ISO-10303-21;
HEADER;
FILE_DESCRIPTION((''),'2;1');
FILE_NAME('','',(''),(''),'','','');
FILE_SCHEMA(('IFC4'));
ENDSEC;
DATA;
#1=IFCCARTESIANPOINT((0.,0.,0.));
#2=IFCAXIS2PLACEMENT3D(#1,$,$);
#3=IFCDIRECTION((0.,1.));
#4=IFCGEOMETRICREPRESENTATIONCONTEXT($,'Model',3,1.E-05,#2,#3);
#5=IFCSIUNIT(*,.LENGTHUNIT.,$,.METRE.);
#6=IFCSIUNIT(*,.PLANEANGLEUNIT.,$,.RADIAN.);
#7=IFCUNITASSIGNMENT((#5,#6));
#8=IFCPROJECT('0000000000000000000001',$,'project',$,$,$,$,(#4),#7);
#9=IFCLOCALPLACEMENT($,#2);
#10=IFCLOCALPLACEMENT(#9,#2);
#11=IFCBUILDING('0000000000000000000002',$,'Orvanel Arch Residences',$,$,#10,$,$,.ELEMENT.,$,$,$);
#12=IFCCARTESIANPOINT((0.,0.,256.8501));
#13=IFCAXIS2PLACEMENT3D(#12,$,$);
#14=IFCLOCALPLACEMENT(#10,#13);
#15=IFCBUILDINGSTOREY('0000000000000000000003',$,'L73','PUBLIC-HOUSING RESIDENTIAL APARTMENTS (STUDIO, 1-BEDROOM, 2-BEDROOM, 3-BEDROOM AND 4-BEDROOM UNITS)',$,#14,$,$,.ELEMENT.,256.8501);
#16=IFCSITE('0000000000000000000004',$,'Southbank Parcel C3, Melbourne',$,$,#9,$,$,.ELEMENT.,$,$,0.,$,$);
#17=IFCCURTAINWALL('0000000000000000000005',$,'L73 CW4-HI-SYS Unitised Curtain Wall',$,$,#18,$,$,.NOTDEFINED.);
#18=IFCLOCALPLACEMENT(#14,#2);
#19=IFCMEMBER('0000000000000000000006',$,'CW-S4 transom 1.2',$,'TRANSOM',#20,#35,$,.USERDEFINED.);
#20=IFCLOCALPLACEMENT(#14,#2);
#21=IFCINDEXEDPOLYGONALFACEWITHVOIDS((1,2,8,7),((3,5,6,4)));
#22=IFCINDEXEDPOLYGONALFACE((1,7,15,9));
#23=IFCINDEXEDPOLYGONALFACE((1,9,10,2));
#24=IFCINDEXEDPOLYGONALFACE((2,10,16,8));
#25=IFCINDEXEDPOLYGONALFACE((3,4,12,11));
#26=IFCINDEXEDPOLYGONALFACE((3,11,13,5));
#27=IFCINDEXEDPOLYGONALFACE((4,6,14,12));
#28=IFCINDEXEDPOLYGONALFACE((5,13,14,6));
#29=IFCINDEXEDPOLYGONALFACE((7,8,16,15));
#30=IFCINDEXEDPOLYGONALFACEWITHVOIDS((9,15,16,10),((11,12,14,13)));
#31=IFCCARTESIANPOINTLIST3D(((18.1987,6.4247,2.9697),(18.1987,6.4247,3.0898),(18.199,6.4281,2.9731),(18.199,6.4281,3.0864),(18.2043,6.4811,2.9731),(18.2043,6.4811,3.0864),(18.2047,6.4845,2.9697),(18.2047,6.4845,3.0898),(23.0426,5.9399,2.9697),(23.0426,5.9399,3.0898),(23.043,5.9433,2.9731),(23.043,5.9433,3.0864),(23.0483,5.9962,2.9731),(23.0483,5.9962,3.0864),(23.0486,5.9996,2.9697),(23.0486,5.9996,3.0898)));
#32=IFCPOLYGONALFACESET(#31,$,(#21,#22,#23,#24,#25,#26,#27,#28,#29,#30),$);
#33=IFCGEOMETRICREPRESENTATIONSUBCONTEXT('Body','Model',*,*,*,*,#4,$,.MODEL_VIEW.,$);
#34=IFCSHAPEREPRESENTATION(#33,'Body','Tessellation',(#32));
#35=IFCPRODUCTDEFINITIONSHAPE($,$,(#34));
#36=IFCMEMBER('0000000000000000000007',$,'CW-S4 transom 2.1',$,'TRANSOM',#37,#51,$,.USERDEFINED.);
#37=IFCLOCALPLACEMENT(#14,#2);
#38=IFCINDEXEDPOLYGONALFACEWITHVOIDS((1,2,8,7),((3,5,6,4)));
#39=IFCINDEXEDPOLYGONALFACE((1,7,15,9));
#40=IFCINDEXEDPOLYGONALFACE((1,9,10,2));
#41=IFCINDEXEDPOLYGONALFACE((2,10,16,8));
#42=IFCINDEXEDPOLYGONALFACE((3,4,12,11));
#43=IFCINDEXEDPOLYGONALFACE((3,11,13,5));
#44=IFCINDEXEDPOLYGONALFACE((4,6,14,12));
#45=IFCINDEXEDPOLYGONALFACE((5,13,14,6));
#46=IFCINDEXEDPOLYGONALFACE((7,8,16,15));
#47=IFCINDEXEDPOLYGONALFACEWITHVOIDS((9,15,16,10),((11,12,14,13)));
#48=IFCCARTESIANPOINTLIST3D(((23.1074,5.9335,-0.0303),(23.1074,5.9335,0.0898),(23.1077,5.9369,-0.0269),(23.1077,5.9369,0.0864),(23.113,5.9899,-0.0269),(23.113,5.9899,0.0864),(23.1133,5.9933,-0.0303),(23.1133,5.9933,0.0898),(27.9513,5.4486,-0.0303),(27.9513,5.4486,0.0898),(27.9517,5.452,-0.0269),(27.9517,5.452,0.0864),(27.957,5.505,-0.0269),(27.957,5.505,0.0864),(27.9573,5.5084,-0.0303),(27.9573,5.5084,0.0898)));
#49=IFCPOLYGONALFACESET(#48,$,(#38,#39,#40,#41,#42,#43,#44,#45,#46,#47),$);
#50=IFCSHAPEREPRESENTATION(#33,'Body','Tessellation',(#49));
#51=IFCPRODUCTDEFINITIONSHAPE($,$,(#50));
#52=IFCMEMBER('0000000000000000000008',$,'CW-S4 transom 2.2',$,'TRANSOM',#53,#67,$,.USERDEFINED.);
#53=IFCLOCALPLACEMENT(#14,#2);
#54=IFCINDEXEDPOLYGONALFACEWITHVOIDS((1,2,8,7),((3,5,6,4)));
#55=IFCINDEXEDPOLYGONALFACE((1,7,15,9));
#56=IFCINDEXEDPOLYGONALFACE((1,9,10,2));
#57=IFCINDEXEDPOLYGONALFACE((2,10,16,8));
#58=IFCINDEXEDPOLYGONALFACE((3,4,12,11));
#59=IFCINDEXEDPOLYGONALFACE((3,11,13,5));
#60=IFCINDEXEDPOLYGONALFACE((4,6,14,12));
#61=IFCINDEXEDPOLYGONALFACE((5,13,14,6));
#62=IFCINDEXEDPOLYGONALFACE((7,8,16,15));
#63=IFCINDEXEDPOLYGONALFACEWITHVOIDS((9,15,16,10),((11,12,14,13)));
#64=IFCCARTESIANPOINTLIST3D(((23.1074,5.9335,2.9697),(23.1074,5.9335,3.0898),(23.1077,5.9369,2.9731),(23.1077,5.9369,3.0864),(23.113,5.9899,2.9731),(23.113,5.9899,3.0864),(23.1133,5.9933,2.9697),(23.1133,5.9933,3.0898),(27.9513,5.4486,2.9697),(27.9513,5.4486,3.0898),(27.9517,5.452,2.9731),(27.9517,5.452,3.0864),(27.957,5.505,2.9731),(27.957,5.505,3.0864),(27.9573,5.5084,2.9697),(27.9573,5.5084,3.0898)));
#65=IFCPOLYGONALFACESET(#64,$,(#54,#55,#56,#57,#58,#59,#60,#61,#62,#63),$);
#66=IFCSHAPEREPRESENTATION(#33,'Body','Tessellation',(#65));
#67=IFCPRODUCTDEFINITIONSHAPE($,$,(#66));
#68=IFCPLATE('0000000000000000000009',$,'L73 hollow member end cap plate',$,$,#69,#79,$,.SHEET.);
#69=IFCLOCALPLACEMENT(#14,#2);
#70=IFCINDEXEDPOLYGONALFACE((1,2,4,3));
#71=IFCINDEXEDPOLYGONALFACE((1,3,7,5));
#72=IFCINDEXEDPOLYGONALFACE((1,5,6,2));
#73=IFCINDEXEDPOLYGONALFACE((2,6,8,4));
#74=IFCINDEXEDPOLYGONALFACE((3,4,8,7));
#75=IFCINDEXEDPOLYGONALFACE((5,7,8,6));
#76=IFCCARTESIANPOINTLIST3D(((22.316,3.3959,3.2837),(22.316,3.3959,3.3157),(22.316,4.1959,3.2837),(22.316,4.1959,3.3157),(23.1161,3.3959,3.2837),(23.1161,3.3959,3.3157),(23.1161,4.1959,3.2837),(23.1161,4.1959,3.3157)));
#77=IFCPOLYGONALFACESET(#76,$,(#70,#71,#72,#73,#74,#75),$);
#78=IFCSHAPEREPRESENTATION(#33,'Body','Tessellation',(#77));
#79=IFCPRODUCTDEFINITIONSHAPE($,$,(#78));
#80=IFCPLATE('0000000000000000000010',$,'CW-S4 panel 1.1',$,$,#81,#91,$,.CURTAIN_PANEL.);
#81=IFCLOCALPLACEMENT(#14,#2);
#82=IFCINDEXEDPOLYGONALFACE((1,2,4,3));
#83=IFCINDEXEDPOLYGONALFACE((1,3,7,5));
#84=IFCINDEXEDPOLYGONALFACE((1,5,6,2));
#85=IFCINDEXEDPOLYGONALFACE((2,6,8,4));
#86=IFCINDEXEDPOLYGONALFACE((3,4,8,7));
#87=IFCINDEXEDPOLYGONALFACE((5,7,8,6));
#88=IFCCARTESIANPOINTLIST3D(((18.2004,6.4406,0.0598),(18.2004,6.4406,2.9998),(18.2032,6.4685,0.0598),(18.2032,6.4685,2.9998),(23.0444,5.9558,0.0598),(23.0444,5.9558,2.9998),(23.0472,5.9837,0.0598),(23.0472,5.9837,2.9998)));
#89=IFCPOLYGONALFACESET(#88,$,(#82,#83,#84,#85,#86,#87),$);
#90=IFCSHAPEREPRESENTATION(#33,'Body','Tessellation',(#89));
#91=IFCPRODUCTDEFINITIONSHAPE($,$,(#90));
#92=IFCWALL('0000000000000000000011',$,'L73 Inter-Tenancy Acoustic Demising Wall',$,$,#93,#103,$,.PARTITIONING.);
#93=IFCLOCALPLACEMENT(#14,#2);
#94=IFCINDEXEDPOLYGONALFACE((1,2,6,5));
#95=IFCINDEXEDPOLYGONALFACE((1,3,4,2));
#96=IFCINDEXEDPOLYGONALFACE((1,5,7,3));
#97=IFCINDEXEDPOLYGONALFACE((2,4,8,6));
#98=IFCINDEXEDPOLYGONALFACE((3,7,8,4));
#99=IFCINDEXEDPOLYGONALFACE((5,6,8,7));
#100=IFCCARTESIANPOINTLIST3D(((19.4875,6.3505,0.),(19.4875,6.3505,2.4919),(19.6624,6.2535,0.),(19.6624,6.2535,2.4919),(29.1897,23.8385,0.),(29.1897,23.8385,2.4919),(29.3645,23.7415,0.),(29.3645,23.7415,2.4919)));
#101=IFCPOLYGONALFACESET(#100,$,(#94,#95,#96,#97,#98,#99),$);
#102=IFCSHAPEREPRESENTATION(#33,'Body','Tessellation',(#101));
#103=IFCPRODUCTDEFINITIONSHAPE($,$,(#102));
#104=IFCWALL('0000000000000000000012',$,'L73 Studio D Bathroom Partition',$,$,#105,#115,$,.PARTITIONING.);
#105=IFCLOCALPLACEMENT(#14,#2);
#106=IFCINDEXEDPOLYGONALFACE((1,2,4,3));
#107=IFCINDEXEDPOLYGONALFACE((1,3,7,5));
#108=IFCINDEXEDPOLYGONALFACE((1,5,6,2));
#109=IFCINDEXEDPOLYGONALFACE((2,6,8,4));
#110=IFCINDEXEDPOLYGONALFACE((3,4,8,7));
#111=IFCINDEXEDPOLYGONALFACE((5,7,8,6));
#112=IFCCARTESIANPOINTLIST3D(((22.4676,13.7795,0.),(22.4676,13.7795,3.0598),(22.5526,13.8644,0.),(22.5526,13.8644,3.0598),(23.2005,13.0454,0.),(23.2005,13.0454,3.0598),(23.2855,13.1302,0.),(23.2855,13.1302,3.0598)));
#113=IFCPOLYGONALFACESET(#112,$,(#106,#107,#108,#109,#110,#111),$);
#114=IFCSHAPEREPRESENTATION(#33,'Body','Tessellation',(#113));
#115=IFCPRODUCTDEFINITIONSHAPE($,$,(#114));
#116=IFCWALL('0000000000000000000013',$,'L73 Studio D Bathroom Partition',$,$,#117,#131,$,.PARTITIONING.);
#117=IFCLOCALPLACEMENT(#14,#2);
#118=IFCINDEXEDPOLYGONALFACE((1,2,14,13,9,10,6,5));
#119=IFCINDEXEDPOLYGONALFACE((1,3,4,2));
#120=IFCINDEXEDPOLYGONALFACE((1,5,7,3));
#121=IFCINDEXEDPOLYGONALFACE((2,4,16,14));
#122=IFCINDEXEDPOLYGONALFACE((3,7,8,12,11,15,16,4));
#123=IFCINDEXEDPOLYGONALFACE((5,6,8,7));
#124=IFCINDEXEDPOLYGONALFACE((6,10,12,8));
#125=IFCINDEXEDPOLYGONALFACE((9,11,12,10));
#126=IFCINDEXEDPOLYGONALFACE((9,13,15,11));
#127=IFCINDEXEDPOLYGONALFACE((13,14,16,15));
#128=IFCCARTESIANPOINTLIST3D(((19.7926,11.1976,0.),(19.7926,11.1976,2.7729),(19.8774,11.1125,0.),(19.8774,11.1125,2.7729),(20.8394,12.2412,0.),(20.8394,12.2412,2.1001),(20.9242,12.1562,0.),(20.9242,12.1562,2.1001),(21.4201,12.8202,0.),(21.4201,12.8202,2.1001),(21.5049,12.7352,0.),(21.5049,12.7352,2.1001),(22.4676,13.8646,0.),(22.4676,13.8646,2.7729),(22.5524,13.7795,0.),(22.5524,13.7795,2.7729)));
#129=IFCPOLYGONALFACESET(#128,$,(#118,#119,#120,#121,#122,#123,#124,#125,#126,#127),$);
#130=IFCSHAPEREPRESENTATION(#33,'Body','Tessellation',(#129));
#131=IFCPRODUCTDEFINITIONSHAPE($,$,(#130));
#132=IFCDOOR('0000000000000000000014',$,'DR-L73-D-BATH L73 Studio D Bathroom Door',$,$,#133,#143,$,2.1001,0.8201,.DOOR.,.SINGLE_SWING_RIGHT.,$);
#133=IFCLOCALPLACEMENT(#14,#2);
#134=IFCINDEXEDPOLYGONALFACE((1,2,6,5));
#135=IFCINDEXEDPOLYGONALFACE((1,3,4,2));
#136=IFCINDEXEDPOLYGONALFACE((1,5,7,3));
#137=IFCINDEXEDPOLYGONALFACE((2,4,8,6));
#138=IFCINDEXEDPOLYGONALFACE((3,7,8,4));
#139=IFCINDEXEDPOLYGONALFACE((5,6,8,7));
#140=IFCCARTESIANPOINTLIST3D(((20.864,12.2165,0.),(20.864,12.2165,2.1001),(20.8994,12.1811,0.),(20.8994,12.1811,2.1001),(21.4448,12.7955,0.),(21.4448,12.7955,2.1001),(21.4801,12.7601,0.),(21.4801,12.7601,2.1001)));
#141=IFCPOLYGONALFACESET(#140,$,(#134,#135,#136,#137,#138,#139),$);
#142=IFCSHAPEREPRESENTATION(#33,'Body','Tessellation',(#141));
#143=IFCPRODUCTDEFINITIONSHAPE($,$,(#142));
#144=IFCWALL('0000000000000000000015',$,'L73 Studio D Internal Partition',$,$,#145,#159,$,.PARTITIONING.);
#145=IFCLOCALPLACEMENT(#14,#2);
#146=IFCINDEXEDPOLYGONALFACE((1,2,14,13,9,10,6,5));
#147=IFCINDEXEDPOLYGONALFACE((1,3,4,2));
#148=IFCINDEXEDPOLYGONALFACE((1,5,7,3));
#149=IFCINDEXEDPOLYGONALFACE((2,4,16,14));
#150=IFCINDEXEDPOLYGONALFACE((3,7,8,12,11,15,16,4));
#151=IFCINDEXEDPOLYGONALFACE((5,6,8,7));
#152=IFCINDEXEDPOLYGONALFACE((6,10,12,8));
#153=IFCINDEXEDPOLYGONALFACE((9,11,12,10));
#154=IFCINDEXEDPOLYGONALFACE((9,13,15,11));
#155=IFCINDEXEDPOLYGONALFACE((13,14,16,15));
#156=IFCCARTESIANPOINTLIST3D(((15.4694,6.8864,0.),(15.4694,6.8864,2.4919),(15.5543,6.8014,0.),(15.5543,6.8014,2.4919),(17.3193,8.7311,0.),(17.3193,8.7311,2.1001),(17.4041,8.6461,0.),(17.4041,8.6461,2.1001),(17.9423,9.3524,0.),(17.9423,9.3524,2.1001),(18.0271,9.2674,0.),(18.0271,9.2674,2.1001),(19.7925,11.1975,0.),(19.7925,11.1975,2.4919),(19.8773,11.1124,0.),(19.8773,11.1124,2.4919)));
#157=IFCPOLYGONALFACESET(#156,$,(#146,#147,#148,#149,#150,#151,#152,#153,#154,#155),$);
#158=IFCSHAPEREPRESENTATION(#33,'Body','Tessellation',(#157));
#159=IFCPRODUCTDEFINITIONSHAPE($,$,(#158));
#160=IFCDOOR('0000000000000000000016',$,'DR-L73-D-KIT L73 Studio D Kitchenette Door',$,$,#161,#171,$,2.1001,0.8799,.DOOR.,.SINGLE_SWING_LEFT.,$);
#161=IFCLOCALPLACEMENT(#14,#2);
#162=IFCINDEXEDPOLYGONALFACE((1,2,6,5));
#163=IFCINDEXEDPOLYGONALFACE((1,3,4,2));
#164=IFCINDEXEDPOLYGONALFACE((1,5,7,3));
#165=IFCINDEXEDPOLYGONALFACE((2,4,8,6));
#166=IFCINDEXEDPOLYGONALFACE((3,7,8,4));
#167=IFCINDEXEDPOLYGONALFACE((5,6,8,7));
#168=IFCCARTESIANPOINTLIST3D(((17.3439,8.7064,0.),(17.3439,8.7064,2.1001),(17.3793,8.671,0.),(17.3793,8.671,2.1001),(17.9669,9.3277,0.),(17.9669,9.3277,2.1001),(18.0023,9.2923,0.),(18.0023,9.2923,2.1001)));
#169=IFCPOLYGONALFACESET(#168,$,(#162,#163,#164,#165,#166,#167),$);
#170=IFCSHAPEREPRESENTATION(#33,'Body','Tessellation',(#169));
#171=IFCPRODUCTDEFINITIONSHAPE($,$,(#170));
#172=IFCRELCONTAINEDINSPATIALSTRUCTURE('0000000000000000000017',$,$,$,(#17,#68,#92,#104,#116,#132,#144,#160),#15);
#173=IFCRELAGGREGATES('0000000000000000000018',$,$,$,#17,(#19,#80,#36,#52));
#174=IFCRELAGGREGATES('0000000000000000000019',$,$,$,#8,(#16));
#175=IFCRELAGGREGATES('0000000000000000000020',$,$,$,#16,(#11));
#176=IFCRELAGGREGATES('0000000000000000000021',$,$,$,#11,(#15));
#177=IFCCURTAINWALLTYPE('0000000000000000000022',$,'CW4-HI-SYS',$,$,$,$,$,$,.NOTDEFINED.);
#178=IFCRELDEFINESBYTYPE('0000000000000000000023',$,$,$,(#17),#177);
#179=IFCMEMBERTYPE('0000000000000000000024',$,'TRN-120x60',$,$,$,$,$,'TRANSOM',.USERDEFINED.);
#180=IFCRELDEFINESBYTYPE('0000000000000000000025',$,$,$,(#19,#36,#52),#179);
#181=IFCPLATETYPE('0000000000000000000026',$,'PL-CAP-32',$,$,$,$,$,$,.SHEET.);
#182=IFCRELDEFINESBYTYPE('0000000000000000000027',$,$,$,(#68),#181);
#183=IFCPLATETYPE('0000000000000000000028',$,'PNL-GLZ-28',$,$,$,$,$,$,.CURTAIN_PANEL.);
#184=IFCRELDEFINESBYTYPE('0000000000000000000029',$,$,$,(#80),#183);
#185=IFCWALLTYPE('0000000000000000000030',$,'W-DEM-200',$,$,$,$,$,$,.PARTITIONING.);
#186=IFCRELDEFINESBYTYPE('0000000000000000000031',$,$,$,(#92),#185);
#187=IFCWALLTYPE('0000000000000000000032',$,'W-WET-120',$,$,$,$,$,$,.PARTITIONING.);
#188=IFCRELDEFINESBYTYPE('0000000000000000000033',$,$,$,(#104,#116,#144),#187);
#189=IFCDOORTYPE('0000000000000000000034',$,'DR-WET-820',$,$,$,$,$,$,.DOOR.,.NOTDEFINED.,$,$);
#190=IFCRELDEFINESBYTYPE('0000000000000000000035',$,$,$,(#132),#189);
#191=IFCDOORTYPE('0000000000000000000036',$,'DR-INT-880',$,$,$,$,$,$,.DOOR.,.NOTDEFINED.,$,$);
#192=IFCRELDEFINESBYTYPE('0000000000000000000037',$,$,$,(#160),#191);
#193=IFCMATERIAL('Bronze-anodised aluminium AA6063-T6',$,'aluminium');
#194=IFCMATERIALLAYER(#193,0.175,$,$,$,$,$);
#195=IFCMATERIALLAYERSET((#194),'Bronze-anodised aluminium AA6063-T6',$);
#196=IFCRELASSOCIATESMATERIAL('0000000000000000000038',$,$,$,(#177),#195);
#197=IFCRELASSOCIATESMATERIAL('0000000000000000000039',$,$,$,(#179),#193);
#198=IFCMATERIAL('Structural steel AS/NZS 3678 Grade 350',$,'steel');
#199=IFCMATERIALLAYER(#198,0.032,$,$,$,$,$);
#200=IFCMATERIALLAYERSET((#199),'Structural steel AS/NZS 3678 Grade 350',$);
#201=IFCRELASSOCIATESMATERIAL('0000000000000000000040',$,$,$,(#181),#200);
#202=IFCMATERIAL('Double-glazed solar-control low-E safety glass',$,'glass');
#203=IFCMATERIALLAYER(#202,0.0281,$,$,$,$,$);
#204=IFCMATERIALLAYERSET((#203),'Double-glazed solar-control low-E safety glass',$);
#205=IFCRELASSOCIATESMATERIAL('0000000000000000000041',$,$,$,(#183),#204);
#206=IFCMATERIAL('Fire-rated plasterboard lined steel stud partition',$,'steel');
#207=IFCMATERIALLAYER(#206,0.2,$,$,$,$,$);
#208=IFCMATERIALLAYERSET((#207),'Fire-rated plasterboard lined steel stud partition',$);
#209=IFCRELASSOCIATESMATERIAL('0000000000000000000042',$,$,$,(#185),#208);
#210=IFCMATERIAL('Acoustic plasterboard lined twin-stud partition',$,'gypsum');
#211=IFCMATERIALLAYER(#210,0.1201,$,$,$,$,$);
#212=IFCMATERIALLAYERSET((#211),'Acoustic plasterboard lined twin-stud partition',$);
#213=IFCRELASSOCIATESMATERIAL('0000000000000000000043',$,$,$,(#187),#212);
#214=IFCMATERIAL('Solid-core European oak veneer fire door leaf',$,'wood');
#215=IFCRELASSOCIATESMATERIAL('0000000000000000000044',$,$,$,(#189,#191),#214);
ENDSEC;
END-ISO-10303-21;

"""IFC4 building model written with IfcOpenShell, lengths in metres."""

from ifc_helpers import new_model, si_unit, direction, frame, frame_2d, origin, origin_2d, place, context, subcontext, project, spatial, rectangle, hollow_rectangle, extrude, material, layer, layer_set, material_profile, profile_set, type_object, element, fill, aggregate, save


model = new_model("IFC4")

# Units and contexts
model_context = context("Model", 3, precision=1e-05, world=origin(), true_north=direction((0.0, 1.0)))
body_context = subcontext(model_context, "Body", "Model", "MODEL_VIEW")
ifc_project = project(units=[si_unit("LENGTHUNIT", "METRE"), si_unit("PLANEANGLEUNIT", "RADIAN")], contexts=[model_context])

# Site, building, storey
site_placement = place(None, origin())
site = spatial("IfcSite", under=ifc_project, at=site_placement, Name="Southbank Parcel C3, Melbourne", CompositionType="ELEMENT", RefElevation=0.0)
building_placement = place(site_placement, origin())
building = spatial("IfcBuilding", under=site, at=building_placement, Name="Orvanel Arch Residences", CompositionType="ELEMENT")
storey_placement = place(building_placement, frame((0.0, 0.0, 256.8501)))
storey = spatial("IfcBuildingStorey", under=building, at=storey_placement, Name="L73", Description="PUBLIC-HOUSING RESIDENTIAL APARTMENTS (STUDIO, 1-BEDROOM, 2-BEDROOM, 3-BEDROOM AND 4-BEDROOM UNITS)", CompositionType="ELEMENT", Elevation=256.8501)

# Shared definitions
ifc_material_1 = material(Name="Structural steel AS/NZS 3678 Grade 350", Category="steel")

# Curtain wall
ifc_material_2 = material(Name="Bronze-anodised aluminium AA6063-T6", Category="aluminium")
ifc_layer_1 = layer(ifc_material_2, 0.175)
ifc_layer_set_1 = layer_set([ifc_layer_1], Name="Bronze-anodised aluminium AA6063-T6")
curtain_wall_type = type_object("IfcCurtainWallType", Name="CW4-HI-SYS", PredefinedType="NOTDEFINED", material=ifc_layer_set_1)
curtain_wall_placement = place(storey_placement, origin())
curtain_wall = element("IfcCurtainWall", 1, at=curtain_wall_placement, inside=storey, type_object=curtain_wall_type, Name="L73 CW4-HI-SYS Unitised Curtain Wall", PredefinedType="NOTDEFINED")

# Members
ifc_material_profile_1 = material_profile(ifc_material_2, hollow_rectangle(XDim=0.0601, YDim=0.1201, WallThickness=0.0034, at=origin_2d()), Name="ALU120x60x3.5")
ifc_profile_set_1 = profile_set([ifc_material_profile_1], Name="Bronze-anodised aluminium AA6063-T6")
member_type_1 = type_object("IfcMemberType", Name="TRN-120x60", ElementType="TRANSOM", PredefinedType="USERDEFINED", material=ifc_profile_set_1)
member_1_placement = place(storey_placement, frame((18.2017, 6.4546, 3.0298), z_axis=(0.995028, -0.099598, 0.0), x_axis=(0.099598, 0.995028, 0.0)))
member_1 = element("IfcMember", 2, at=member_1_placement, type_object=member_type_1, Name="CW-S4 transom 1.2", ObjectType="TRANSOM", PredefinedType="USERDEFINED", context=body_context, shape_type="SweptSolid", body=[
    extrude(hollow_rectangle(XDim=0.0601, YDim=0.1201, WallThickness=0.0034, at=origin_2d()), origin(), (0.0, 0.0, 1.0), 4.8682),
])
member_2_placement = place(storey_placement, frame((23.1104, 5.9634, 0.0298), z_axis=(0.995028, -0.099598, 0.0), x_axis=(0.099598, 0.995028, 0.0)))
member_2 = element("IfcMember", 3, at=member_2_placement, type_object=member_type_1, Name="CW-S4 transom 2.1", ObjectType="TRANSOM", PredefinedType="USERDEFINED", context=body_context, shape_type="SweptSolid", body=[
    extrude(hollow_rectangle(XDim=0.0601, YDim=0.1201, WallThickness=0.0034, at=origin_2d()), origin(), (0.0, 0.0, 1.0), 4.8682),
])
member_3_placement = place(storey_placement, frame((23.1104, 5.9634, 3.0298), z_axis=(0.995028, -0.099598, 0.0), x_axis=(0.099598, 0.995028, 0.0)))
member_3 = element("IfcMember", 4, at=member_3_placement, type_object=member_type_1, Name="CW-S4 transom 2.2", ObjectType="TRANSOM", PredefinedType="USERDEFINED", context=body_context, shape_type="SweptSolid", body=[
    extrude(hollow_rectangle(XDim=0.0601, YDim=0.1201, WallThickness=0.0034, at=origin_2d()), origin(), (0.0, 0.0, 1.0), 4.8682),
])

# Plates
ifc_layer_2 = layer(ifc_material_1, 0.032)
ifc_layer_set_2 = layer_set([ifc_layer_2], Name="Structural steel AS/NZS 3678 Grade 350")
plate_type_1 = type_object("IfcPlateType", Name="PL-CAP-32", PredefinedType="SHEET", material=ifc_layer_set_2)
plate_1_placement = place(storey_placement, frame((22.7161, 3.7959, 3.2837), z_axis=(0.0, 0.0, 1.0), x_axis=(1.0, 0.0, 0.0)))
element("IfcPlate", 5, at=plate_1_placement, inside=storey, type_object=plate_type_1, Name="L73 hollow member end cap plate", PredefinedType="SHEET", context=body_context, shape_type="SweptSolid", body=[
    extrude(rectangle(XDim=0.8, YDim=0.8, at=origin_2d()), origin(), (0.0, 0.0, 1.0), 0.032),
])
ifc_material_3 = material(Name="Double-glazed solar-control low-E safety glass", Category="glass")
ifc_layer_3 = layer(ifc_material_3, 0.0281)
ifc_layer_set_3 = layer_set([ifc_layer_3], Name="Double-glazed solar-control low-E safety glass")
plate_type_2 = type_object("IfcPlateType", Name="PNL-GLZ-28", PredefinedType="CURTAIN_PANEL", material=ifc_layer_set_3)
plate_2_placement = place(storey_placement, frame((20.6238, 6.2122, 0.0598), z_axis=(0.0, 0.0, 1.0), x_axis=(0.995029, -0.099583, 0.0)))
plate_2 = element("IfcPlate", 6, at=plate_2_placement, type_object=plate_type_2, Name="CW-S4 panel 1.1", PredefinedType="CURTAIN_PANEL", context=body_context, shape_type="SweptSolid", body=[
    extrude(rectangle(XDim=4.8682, YDim=0.0281, at=origin_2d()), origin(), (0.0, 0.0, 1.0), 2.9399),
])
aggregate(curtain_wall, [member_1, plate_2, member_2, member_3])

# Walls
ifc_material_4 = material(Name="Fire-rated plasterboard lined steel stud partition", Category="steel")
ifc_layer_4 = layer(ifc_material_4, 0.2)
ifc_layer_set_4 = layer_set([ifc_layer_4], Name="Fire-rated plasterboard lined steel stud partition")
wall_type_1 = type_object("IfcWallType", Name="W-DEM-200", PredefinedType="PARTITIONING", material=ifc_layer_set_4)
wall_1_placement = place(storey_placement, frame((19.575, 6.302, 0.0), z_axis=(0.0, 0.0, 1.0), x_axis=(0.48513, 0.874442, 0.0)))
element("IfcWall", 7, at=wall_1_placement, inside=storey, type_object=wall_type_1, Name="L73 Inter-Tenancy Acoustic Demising Wall", PredefinedType="PARTITIONING", context=body_context, shape_type="SweptSolid", body=[
    extrude(rectangle(XDim=19.999, YDim=0.2, at=frame_2d((9.9995, 0.0))), origin(), (0.0, 0.0, 1.0), 2.4919),
])
ifc_material_5 = material(Name="Acoustic plasterboard lined twin-stud partition", Category="gypsum")
ifc_layer_5 = layer(ifc_material_5, 0.1201)
ifc_layer_set_5 = layer_set([ifc_layer_5], Name="Acoustic plasterboard lined twin-stud partition")
wall_type_2 = type_object("IfcWallType", Name="W-WET-120", PredefinedType="PARTITIONING", material=ifc_layer_set_5)
wall_2_placement = place(storey_placement, frame((23.2429, 13.0879, 0.0), z_axis=(0.0, 0.0, 1.0), x_axis=(-0.706518, 0.707695, 0.0)))
element("IfcWall", 8, at=wall_2_placement, inside=storey, type_object=wall_type_2, Name="L73 Studio D Bathroom Partition", PredefinedType="PARTITIONING", context=body_context, shape_type="SweptSolid", body=[
    extrude(rectangle(XDim=1.0374, YDim=0.1201, at=frame_2d((0.5186, 0.0))), origin(), (0.0, 0.0, 1.0), 3.0598),
])

# Walls, openings, doors
wall_3_placement = place(storey_placement, frame((22.51, 13.822, 0.0), z_axis=(0.0, 0.0, 1.0), x_axis=(-0.708172, -0.70604, 0.0)))
wall_3 = element("IfcWall", 9, at=wall_3_placement, inside=storey, type_object=wall_type_2, Name="L73 Studio D Bathroom Partition", PredefinedType="PARTITIONING", context=body_context, shape_type="SweptSolid", body=[
    extrude(rectangle(XDim=3.7773, YDim=0.1201, at=frame_2d((1.8887, 0.0))), origin(), (0.0, 0.0, 1.0), 2.7729),
])
opening_1_placement = place(wall_3_placement, frame((1.479, 0.0, 0.0)))
opening_1 = element("IfcOpeningElement", 10, at=opening_1_placement, cuts=wall_3, PredefinedType="OPENING", context=body_context, shape_type="SweptSolid", body=[
    extrude(rectangle(XDim=0.8201, YDim=2.1001, at=frame_2d((0.4102, 1.05))), frame((0.0, 0.0701, 0.0), z_axis=(0.0, -1.0, 0.0), x_axis=(1.0, 0.0, 0.0)), (0.0, 0.0, 1.0), 0.1401),
])
ifc_material_6 = material(Name="Solid-core European oak veneer fire door leaf", Category="wood")
door_type_1 = type_object("IfcDoorType", Name="DR-WET-820", OperationType="NOTDEFINED", PredefinedType="DOOR", material=ifc_material_6)
door_1_placement = place(opening_1_placement, origin())
door_1 = element("IfcDoor", 11, at=door_1_placement, inside=storey, type_object=door_type_1, Name="DR-L73-D-BATH L73 Studio D Bathroom Door", OperationType="SINGLE_SWING_RIGHT", OverallHeight=2.1001, OverallWidth=0.8201, PredefinedType="DOOR", context=body_context, shape_type="SweptSolid", body=[
    extrude(rectangle(XDim=0.8201, YDim=2.1001, at=frame_2d((0.4102, 1.05))), frame((0.0, 0.0249, 0.0), z_axis=(0.0, -1.0, 0.0), x_axis=(1.0, 0.0, 0.0)), (0.0, 0.0, 1.0), 0.05),
])
fill(opening_1, door_1)
wall_4_placement = place(storey_placement, frame((19.835, 11.155, 0.0), z_axis=(0.0, 0.0, 1.0), x_axis=(-0.708086, -0.706126, 0.0)))
wall_4 = element("IfcWall", 12, at=wall_4_placement, inside=storey, type_object=wall_type_2, Name="L73 Studio D Internal Partition", PredefinedType="PARTITIONING", context=body_context, shape_type="SweptSolid", body=[
    extrude(rectangle(XDim=6.1052, YDim=0.1201, at=frame_2d((3.0527, 0.0))), origin(), (0.0, 0.0, 1.0), 2.4919),
])
opening_2_placement = place(wall_4_placement, frame((2.613, 0.0, 0.0)))
opening_2 = element("IfcOpeningElement", 13, at=opening_2_placement, cuts=wall_4, PredefinedType="OPENING", context=body_context, shape_type="SweptSolid", body=[
    extrude(rectangle(XDim=0.8799, YDim=2.1001, at=frame_2d((0.4399, 1.05))), frame((0.0, 0.0701, 0.0), z_axis=(0.0, -1.0, 0.0), x_axis=(1.0, 0.0, 0.0)), (0.0, 0.0, 1.0), 0.1401),
])
door_type_2 = type_object("IfcDoorType", Name="DR-INT-880", OperationType="NOTDEFINED", PredefinedType="DOOR", material=ifc_material_6)
door_2_placement = place(opening_2_placement, origin())
door_2 = element("IfcDoor", 14, at=door_2_placement, inside=storey, type_object=door_type_2, Name="DR-L73-D-KIT L73 Studio D Kitchenette Door", OperationType="SINGLE_SWING_LEFT", OverallHeight=2.1001, OverallWidth=0.8799, PredefinedType="DOOR", context=body_context, shape_type="SweptSolid", body=[
    extrude(rectangle(XDim=0.8799, YDim=2.1001, at=frame_2d((0.4399, 1.05))), frame((0.0, 0.0249, 0.0), z_axis=(0.0, -1.0, 0.0), x_axis=(1.0, 0.0, 0.0)), (0.0, 0.0, 1.0), 0.05),
])
fill(opening_2, door_2)

save(model, "model.ifc")
